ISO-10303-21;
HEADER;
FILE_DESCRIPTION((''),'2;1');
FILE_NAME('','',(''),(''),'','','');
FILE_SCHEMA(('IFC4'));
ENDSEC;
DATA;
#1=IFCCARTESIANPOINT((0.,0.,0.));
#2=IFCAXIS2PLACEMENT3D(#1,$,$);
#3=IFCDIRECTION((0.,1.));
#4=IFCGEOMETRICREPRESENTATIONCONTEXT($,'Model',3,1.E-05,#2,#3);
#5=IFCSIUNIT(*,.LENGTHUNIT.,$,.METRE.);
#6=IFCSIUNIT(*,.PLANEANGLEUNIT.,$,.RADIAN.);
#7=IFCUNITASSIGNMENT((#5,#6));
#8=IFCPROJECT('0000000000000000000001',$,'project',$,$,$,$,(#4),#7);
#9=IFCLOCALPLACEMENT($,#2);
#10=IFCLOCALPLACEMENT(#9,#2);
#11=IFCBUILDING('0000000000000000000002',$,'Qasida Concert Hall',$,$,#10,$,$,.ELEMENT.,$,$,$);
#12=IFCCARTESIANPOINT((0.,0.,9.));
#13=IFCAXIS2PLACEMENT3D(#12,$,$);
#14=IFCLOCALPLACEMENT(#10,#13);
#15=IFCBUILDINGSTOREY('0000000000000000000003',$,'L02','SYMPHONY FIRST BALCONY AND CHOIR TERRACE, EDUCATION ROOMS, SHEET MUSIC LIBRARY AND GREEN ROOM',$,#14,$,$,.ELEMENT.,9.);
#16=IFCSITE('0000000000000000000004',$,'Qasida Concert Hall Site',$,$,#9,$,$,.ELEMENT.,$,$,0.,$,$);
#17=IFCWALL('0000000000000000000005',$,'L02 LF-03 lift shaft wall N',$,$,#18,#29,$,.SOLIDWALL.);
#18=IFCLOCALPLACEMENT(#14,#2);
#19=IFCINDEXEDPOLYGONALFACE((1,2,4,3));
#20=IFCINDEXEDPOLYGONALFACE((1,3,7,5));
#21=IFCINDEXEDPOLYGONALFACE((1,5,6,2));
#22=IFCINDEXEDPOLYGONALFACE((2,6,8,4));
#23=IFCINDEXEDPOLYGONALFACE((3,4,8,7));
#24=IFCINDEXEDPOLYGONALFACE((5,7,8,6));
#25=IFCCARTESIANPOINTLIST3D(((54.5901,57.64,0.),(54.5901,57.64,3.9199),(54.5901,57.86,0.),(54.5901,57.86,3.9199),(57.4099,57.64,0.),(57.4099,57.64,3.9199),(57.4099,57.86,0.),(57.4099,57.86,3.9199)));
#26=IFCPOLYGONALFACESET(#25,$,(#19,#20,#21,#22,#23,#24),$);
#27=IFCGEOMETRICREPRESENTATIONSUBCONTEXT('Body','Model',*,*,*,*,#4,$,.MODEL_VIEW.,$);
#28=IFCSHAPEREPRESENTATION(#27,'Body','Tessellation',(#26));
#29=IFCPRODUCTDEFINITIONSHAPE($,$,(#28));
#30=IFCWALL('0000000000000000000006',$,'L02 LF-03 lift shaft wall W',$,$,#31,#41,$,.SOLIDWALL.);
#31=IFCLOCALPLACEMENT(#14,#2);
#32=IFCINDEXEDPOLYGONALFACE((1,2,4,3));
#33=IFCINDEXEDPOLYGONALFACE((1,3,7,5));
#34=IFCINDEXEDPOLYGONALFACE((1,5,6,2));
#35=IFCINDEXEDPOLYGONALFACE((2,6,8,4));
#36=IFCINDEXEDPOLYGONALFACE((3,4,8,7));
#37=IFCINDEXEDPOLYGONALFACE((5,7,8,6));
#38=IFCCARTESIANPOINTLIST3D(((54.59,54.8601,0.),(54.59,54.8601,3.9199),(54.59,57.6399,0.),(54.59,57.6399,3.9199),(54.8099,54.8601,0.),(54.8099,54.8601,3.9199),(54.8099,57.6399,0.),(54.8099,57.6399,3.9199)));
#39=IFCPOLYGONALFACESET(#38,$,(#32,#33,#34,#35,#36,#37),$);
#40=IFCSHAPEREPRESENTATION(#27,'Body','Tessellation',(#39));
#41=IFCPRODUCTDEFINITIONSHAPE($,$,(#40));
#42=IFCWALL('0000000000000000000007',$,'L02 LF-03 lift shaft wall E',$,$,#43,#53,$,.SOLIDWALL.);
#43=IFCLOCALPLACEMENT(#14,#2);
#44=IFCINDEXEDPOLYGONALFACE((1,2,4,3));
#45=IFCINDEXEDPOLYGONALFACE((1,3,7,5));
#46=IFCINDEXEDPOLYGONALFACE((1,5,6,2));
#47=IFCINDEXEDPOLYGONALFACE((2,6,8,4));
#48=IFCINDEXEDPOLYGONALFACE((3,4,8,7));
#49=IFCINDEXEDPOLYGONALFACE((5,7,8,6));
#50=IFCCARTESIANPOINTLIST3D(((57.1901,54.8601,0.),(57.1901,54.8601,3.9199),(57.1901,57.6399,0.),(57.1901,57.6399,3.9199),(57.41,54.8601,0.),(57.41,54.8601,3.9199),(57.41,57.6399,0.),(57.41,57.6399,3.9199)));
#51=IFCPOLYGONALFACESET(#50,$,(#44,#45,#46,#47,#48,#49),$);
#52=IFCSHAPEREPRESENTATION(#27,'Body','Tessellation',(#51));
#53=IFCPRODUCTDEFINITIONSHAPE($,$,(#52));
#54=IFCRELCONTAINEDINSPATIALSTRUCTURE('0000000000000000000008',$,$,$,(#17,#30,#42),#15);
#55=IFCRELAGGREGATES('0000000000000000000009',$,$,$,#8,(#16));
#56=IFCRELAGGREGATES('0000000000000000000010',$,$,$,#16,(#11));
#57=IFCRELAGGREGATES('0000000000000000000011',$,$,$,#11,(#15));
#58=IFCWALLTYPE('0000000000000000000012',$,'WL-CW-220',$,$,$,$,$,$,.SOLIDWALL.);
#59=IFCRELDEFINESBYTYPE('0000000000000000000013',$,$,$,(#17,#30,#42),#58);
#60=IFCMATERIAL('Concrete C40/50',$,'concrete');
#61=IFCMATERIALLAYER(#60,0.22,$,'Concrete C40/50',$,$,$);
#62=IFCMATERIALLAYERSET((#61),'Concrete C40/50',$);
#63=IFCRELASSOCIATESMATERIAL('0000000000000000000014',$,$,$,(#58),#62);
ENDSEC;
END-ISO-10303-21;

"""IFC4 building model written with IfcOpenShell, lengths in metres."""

from ifc_helpers import new_model, si_unit, direction, frame, frame_2d, origin, place, context, subcontext, project, spatial, rectangle, extrude, material, layer, layer_set, type_object, element, save


model = new_model("IFC4")

# Units and contexts
model_context = context("Model", 3, precision=1e-05, world=origin(), true_north=direction((0.0, 1.0)))
body_context = subcontext(model_context, "Body", "Model", "MODEL_VIEW")
ifc_project = project(units=[si_unit("LENGTHUNIT", "METRE"), si_unit("PLANEANGLEUNIT", "RADIAN")], contexts=[model_context])

# Site, building, storey
site_placement = place(None, origin())
site = spatial("IfcSite", under=ifc_project, at=site_placement, Name="Qasida Concert Hall Site", CompositionType="ELEMENT", RefElevation=0.0)
building_placement = place(site_placement, origin())
building = spatial("IfcBuilding", under=site, at=building_placement, Name="Qasida Concert Hall", CompositionType="ELEMENT")
storey_placement = place(building_placement, frame((0.0, 0.0, 9.0)))
storey = spatial("IfcBuildingStorey", under=building, at=storey_placement, Name="L02", Description="SYMPHONY FIRST BALCONY AND CHOIR TERRACE, EDUCATION ROOMS, SHEET MUSIC LIBRARY AND GREEN ROOM", CompositionType="ELEMENT", Elevation=9.0)

# Shared definitions
ifc_material_1 = material(Name="Concrete C40/50", Category="concrete")
ifc_layer_1 = layer(ifc_material_1, 0.22, Name="Concrete C40/50")
ifc_layer_set_1 = layer_set([ifc_layer_1], Name="Concrete C40/50")
wall_type = type_object("IfcWallType", Name="WL-CW-220", PredefinedType="SOLIDWALL", material=ifc_layer_set_1)

# Walls
wall_1_placement = place(storey_placement, frame((54.5901, 57.75, 0.0), z_axis=(0.0, 0.0, 1.0), x_axis=(1.0, 0.0, 0.0)))
element("IfcWall", 1, at=wall_1_placement, inside=storey, type_object=wall_type, Name="L02 LF-03 lift shaft wall N", PredefinedType="SOLIDWALL", context=body_context, shape_type="SweptSolid", body=[
    extrude(rectangle(XDim=2.8198, YDim=0.22, at=frame_2d((1.4099, 0.0))), origin(), (0.0, 0.0, 1.0), 3.9199),
])
for number, where, z_axis, x_axis, name in (
    (2, (54.7, 54.8601, 0.0), (0.0, 0.0, 1.0), (0.0, 1.0, 0.0), "L02 LF-03 lift shaft wall W"),
    (3, (57.3, 54.8601, 0.0), (0.0, 0.0, 1.0), (0.0, 1.0, 0.0), "L02 LF-03 lift shaft wall E"),
):
    element("IfcWall", number, at=place(storey_placement, frame(where, z_axis=z_axis, x_axis=x_axis)), inside=storey, type_object=wall_type, Name=name, PredefinedType="SOLIDWALL", context=body_context, shape_type="SweptSolid", body=[
        extrude(rectangle(XDim=2.7798, YDim=0.22, at=frame_2d((1.3899, 0.0))), origin(), (0.0, 0.0, 1.0), 3.9199),
    ])

save(model, "model.ifc")
